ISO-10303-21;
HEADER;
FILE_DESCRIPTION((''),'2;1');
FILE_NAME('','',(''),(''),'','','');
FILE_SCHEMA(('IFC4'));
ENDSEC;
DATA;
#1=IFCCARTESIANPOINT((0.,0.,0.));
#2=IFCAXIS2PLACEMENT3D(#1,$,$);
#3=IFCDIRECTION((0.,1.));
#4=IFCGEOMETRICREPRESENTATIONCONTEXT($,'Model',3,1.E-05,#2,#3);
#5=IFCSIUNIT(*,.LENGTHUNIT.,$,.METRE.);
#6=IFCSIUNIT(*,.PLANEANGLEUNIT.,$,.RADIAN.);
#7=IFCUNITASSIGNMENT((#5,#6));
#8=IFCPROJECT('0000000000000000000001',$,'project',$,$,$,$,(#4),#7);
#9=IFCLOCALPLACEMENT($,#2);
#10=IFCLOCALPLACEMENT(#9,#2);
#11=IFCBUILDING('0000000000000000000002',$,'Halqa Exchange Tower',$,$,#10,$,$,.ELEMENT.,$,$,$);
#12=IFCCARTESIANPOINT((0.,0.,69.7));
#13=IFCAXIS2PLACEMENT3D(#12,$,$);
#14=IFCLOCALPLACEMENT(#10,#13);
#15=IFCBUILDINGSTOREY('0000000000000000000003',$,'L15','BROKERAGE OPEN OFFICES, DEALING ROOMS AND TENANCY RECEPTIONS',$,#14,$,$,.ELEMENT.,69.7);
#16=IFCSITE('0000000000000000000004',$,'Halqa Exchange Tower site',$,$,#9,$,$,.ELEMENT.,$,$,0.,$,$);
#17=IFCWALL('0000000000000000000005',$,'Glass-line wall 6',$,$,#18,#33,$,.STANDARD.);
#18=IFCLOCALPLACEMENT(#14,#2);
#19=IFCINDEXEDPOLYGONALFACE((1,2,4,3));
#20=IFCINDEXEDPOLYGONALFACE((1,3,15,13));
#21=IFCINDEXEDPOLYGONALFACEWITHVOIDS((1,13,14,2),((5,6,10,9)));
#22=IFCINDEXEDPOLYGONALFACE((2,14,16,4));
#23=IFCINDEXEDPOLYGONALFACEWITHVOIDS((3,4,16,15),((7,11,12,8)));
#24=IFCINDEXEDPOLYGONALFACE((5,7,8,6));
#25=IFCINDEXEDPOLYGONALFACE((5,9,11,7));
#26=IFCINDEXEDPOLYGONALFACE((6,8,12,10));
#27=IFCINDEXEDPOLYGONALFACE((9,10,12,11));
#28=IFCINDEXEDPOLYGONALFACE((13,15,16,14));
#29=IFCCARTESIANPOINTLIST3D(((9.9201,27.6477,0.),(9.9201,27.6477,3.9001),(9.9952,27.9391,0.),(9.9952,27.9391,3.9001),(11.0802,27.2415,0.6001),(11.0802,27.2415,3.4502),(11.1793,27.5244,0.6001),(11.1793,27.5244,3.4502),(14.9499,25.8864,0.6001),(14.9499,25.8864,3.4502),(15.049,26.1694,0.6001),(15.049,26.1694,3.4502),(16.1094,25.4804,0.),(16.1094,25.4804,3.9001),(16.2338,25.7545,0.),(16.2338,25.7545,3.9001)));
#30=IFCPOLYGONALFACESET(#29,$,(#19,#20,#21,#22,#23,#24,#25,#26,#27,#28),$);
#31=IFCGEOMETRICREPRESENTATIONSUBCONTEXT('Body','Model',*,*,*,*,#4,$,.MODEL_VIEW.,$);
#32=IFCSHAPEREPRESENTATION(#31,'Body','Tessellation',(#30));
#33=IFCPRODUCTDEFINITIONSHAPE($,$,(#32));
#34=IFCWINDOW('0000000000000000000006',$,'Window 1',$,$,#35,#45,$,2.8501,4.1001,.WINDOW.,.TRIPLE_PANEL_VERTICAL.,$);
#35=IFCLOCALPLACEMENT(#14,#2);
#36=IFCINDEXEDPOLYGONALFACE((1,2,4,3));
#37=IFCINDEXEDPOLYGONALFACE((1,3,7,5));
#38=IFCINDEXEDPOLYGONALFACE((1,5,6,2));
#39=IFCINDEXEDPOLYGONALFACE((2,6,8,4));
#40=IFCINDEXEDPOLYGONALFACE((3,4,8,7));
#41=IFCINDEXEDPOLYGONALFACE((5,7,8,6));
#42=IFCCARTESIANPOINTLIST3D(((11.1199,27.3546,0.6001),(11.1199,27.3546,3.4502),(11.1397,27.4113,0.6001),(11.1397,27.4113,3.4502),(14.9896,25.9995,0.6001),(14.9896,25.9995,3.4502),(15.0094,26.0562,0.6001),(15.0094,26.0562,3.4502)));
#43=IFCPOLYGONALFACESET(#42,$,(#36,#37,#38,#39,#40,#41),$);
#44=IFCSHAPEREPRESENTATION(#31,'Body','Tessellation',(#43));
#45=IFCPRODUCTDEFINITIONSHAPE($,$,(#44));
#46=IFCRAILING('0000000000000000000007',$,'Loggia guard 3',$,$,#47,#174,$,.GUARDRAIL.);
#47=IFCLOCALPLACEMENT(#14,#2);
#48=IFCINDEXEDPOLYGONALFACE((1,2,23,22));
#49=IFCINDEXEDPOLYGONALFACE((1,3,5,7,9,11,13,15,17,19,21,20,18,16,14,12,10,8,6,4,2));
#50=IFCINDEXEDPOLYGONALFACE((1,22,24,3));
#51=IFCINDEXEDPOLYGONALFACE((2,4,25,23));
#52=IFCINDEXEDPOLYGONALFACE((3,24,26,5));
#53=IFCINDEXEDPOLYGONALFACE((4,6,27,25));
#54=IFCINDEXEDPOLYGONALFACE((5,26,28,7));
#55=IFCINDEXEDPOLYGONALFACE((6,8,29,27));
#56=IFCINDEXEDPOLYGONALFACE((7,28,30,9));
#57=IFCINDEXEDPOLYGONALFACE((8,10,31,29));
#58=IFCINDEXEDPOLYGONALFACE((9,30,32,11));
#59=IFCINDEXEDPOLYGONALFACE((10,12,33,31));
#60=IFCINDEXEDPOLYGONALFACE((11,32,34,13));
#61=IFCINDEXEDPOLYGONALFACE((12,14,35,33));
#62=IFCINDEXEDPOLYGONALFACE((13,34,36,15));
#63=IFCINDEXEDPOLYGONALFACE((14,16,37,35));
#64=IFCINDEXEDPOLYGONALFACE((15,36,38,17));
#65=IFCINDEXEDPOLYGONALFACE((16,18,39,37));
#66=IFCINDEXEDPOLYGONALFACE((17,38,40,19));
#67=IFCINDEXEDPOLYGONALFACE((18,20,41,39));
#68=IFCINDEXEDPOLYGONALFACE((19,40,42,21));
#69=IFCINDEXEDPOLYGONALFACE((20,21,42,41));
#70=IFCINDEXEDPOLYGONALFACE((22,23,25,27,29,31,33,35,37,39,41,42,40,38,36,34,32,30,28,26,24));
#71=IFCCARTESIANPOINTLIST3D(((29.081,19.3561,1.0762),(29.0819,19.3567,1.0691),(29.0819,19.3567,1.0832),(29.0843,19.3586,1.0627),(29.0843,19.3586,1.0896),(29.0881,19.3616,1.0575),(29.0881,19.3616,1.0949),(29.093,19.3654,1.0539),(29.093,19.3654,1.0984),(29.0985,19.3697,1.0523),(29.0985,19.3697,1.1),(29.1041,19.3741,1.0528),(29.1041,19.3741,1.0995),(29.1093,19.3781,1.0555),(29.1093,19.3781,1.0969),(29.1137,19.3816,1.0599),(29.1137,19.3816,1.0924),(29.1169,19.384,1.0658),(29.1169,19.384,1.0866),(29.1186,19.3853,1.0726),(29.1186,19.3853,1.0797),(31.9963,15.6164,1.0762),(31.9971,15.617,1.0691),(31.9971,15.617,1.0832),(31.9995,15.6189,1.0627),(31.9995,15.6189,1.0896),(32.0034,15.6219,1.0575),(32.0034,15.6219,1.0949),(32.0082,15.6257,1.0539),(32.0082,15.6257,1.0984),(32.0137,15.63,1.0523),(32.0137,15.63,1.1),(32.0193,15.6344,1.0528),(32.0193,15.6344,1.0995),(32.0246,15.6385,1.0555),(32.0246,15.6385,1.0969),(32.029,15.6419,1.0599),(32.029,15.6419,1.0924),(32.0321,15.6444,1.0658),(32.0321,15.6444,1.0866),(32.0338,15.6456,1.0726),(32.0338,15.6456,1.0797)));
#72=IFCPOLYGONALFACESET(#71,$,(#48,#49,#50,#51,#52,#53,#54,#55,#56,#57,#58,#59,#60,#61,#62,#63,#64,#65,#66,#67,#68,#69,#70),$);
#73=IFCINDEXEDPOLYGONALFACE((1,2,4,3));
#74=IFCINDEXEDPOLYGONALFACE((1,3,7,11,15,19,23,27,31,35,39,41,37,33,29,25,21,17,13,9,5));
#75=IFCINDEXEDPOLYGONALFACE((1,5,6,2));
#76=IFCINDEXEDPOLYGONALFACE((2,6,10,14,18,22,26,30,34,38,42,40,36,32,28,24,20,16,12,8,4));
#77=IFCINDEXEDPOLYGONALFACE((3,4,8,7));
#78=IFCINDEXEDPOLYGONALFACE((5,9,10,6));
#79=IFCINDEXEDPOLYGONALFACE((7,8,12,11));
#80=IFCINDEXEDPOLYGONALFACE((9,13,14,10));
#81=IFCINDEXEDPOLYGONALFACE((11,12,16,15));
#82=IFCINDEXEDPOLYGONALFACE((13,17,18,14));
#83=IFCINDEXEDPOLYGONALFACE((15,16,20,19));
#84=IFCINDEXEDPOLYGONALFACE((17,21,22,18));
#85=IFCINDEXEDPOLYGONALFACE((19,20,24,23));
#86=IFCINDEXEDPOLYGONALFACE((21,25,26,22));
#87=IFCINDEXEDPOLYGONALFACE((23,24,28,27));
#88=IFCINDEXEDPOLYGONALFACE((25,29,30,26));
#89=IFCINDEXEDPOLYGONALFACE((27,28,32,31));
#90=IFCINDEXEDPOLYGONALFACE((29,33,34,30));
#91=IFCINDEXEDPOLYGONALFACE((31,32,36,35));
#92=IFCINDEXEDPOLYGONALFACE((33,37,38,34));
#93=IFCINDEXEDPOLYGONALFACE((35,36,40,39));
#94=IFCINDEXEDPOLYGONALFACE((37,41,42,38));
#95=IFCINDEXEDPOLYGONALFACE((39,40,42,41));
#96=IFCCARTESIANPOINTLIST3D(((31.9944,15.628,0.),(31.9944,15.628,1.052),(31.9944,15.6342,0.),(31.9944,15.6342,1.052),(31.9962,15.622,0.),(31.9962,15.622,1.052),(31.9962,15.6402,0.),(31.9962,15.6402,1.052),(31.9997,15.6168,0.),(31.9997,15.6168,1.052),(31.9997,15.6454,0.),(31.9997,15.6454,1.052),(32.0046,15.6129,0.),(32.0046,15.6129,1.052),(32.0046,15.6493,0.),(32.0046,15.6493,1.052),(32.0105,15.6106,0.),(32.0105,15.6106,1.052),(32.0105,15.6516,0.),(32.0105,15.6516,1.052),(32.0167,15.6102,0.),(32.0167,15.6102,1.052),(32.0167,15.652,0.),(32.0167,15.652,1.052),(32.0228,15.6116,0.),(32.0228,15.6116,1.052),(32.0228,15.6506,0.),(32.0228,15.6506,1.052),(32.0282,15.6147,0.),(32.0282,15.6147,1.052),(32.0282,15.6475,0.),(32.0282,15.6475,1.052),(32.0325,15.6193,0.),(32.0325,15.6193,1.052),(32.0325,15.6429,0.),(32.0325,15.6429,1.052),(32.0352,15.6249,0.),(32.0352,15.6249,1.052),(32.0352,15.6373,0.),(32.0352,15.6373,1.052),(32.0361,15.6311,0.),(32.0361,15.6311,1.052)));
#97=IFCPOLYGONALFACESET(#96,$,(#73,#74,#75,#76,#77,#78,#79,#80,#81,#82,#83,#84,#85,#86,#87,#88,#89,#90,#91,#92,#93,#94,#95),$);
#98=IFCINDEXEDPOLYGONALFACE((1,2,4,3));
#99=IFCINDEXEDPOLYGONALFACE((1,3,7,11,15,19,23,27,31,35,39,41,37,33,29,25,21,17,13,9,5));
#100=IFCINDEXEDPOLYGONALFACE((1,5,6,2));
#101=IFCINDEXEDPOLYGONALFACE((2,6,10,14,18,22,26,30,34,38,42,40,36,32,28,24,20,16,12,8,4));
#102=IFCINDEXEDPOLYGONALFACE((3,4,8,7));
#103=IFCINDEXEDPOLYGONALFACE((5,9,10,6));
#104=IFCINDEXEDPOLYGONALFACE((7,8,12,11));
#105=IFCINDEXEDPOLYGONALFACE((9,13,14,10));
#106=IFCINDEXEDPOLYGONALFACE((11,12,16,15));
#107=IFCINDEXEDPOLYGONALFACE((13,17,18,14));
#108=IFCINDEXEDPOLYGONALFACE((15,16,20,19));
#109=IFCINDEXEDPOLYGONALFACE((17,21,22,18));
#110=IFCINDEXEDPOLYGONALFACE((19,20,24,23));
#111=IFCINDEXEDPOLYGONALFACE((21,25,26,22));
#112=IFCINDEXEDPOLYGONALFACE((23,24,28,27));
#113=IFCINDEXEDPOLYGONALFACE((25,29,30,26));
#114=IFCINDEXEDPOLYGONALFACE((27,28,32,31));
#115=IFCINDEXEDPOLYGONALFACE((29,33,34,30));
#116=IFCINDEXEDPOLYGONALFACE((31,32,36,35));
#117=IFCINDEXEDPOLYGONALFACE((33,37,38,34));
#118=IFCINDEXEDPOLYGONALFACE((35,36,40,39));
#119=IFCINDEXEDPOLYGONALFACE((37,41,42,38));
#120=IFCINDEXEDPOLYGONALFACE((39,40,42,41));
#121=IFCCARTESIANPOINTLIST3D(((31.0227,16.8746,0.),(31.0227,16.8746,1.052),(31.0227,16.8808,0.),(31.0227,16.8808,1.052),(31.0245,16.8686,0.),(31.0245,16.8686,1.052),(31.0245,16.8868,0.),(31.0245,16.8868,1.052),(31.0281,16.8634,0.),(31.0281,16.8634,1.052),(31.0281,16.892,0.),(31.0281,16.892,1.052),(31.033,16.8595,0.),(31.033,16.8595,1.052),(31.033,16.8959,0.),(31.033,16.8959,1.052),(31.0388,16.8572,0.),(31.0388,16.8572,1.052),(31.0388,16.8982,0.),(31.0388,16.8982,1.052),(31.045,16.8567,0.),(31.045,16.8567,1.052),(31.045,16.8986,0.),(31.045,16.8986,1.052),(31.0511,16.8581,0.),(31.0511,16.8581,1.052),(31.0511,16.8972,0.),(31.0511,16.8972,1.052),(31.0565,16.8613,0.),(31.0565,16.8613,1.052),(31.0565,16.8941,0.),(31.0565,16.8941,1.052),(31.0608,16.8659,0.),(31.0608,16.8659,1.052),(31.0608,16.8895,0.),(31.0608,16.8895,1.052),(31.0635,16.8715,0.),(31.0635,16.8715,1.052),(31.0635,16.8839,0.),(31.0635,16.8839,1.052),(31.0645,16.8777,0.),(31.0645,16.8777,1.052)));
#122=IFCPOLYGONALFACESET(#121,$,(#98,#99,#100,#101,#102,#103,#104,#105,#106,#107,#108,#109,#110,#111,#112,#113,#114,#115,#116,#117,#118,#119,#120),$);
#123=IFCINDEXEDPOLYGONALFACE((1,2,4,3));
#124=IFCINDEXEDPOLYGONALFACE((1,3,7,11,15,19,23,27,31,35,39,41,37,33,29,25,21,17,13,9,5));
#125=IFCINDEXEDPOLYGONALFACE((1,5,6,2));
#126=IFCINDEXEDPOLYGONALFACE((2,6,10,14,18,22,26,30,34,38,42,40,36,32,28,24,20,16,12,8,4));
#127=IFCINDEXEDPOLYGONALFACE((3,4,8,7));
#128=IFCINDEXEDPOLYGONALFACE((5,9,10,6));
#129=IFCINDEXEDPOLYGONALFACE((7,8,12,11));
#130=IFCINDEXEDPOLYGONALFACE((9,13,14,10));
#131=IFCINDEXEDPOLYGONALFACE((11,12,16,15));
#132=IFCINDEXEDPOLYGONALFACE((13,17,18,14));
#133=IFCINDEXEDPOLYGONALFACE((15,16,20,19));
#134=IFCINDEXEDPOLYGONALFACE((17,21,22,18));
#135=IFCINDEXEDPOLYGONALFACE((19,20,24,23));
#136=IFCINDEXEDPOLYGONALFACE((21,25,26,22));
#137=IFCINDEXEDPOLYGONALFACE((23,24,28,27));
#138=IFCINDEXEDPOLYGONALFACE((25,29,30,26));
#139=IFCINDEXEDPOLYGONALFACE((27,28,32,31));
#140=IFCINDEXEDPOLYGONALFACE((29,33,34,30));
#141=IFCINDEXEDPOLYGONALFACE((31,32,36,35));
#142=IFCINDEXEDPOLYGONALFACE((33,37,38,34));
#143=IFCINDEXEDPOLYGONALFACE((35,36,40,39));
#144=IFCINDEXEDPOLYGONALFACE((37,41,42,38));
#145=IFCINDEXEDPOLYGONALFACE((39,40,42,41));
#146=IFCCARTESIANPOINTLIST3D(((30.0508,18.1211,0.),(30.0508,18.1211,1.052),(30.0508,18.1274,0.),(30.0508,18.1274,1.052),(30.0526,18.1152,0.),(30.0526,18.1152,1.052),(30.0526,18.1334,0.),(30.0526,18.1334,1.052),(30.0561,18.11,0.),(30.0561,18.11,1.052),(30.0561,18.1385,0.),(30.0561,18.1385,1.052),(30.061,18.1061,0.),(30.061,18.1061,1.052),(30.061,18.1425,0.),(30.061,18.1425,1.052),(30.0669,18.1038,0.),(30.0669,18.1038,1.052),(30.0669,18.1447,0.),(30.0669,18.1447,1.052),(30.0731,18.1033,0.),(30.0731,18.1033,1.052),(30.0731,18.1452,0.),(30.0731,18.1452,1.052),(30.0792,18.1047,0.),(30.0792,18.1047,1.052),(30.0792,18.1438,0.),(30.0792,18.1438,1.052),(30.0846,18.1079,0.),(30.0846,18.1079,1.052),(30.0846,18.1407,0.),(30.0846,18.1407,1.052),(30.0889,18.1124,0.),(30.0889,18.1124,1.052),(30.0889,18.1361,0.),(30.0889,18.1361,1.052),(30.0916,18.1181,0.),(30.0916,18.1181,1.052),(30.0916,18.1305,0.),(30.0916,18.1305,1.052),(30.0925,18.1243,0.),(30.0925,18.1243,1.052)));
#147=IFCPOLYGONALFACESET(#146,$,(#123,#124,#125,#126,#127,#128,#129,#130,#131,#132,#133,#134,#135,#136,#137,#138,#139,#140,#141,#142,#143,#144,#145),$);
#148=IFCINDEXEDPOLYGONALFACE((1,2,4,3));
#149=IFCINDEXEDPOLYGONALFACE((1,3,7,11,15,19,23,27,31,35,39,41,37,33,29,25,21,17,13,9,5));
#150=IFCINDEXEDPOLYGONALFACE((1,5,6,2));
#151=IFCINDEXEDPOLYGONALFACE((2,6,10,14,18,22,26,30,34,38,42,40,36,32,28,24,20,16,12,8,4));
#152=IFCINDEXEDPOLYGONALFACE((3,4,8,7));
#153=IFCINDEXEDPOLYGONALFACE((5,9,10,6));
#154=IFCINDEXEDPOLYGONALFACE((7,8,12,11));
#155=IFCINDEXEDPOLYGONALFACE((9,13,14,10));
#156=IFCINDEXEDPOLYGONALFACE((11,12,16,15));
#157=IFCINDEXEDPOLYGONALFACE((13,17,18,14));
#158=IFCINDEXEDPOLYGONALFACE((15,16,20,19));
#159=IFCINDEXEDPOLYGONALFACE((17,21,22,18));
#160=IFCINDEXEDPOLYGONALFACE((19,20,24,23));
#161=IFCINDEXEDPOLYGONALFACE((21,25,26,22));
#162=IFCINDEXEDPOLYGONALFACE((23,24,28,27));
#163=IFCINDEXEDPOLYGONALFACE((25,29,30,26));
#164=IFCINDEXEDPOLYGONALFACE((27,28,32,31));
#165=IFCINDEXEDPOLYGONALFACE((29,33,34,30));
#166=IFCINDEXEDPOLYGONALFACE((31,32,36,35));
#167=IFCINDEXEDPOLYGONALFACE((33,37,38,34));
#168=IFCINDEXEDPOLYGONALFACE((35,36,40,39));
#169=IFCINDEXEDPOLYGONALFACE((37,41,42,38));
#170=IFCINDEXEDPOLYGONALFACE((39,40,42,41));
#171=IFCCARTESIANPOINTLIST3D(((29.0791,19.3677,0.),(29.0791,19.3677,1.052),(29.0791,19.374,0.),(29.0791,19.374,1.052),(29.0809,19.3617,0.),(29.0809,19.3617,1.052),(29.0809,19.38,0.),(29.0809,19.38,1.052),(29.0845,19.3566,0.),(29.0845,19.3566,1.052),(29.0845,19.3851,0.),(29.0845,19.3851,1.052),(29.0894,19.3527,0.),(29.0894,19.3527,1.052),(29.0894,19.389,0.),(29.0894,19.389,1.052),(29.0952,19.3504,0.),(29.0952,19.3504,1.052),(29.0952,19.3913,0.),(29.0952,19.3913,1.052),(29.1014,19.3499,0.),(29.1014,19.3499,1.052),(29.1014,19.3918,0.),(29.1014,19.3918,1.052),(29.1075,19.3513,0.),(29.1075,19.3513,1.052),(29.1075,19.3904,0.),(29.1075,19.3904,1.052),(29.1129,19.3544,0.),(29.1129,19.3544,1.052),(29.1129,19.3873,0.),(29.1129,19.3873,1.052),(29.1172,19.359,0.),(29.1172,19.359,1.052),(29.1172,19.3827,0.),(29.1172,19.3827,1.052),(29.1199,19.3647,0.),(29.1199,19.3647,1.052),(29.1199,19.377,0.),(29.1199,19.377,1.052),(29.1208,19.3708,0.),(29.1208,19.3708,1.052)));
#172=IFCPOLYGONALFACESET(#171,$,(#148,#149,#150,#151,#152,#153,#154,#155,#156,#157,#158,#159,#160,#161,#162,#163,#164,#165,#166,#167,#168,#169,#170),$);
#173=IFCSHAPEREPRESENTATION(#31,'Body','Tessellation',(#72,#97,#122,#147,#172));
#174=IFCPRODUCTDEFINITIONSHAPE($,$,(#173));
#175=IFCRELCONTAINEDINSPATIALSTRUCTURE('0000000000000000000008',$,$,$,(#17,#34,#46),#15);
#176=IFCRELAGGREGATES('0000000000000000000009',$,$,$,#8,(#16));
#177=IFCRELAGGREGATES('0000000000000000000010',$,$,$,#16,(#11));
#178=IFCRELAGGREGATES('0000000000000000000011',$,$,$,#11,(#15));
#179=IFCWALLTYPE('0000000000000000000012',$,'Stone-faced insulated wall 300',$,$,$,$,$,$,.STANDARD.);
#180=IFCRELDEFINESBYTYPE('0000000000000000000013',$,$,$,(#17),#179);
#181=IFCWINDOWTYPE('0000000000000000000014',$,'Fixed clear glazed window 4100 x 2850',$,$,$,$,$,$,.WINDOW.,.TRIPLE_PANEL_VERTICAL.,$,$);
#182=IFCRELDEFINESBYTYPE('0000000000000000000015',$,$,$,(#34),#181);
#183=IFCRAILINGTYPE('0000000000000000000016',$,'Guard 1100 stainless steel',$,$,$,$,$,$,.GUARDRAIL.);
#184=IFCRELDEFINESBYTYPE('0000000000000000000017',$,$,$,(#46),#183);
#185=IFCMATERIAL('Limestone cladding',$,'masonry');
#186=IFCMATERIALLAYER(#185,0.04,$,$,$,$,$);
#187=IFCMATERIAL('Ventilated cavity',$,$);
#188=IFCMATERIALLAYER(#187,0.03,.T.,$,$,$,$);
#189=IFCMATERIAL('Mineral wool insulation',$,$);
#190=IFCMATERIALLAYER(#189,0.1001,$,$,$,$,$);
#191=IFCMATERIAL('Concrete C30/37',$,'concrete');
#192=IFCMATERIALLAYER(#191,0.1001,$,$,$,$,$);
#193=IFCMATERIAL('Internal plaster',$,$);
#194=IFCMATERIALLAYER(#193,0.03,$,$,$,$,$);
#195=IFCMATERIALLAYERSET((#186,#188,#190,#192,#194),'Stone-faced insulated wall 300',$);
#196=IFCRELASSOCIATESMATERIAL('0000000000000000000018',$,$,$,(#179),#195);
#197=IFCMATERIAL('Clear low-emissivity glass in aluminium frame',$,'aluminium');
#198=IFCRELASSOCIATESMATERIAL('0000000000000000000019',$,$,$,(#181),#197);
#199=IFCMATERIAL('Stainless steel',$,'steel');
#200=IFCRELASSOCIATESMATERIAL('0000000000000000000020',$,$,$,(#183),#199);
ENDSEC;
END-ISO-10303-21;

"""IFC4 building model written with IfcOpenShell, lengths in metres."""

from ifc_helpers import new_model, si_unit, direction, frame, frame_2d, origin, origin_2d, place, context, subcontext, project, spatial, polyline, rectangle, circle, outline, extrude, material, layer, layer_set, type_object, element, fill, save


model = new_model("IFC4")

# Units and contexts
model_context = context("Model", 3, precision=1e-05, world=origin(), true_north=direction((0.0, 1.0)))
body_context = subcontext(model_context, "Body", "Model", "MODEL_VIEW")
ifc_project = project(units=[si_unit("LENGTHUNIT", "METRE"), si_unit("PLANEANGLEUNIT", "RADIAN")], contexts=[model_context])

# Site, building, storey
site_placement = place(None, origin())
site = spatial("IfcSite", under=ifc_project, at=site_placement, Name="Halqa Exchange Tower site", CompositionType="ELEMENT", RefElevation=0.0)
building_placement = place(site_placement, origin())
building = spatial("IfcBuilding", under=site, at=building_placement, Name="Halqa Exchange Tower", CompositionType="ELEMENT")
storey_placement = place(building_placement, frame((0.0, 0.0, 69.7)))
storey = spatial("IfcBuildingStorey", under=building, at=storey_placement, Name="L15", Description="BROKERAGE OPEN OFFICES, DEALING ROOMS AND TENANCY RECEPTIONS", CompositionType="ELEMENT", Elevation=69.7)

# Shared definitions
ifc_material_1 = material(Name="Limestone cladding", Category="masonry")
ifc_layer_1 = layer(ifc_material_1, 0.04)
ifc_material_2 = material(Name="Ventilated cavity")
ifc_layer_2 = layer(ifc_material_2, 0.03, ventilated=True)
ifc_material_3 = material(Name="Mineral wool insulation")
ifc_layer_3 = layer(ifc_material_3, 0.1001)
ifc_material_4 = material(Name="Concrete C30/37", Category="concrete")
ifc_layer_4 = layer(ifc_material_4, 0.1001)
ifc_material_5 = material(Name="Internal plaster")
ifc_layer_5 = layer(ifc_material_5, 0.03)
ifc_layer_set_1 = layer_set([ifc_layer_1, ifc_layer_2, ifc_layer_3, ifc_layer_4, ifc_layer_5], Name="Stone-faced insulated wall 300")
wall_type_1 = type_object("IfcWallType", Name="Stone-faced insulated wall 300", PredefinedType="STANDARD", material=ifc_layer_set_1)
ifc_material_6 = material(Name="Clear low-emissivity glass in aluminium frame", Category="aluminium")

# Wall, opening, window
window_type = type_object("IfcWindowType", Name="Fixed clear glazed window 4100 x 2850", PartitioningType="TRIPLE_PANEL_VERTICAL", PredefinedType="WINDOW", material=ifc_material_6)
wall_1_placement = place(storey_placement, frame((16.1716, 25.6174, 0.0), z_axis=(0.0, 0.0, 1.0), x_axis=(-0.943807, 0.330497, 0.0)))
wall_1 = element("IfcWall", 1, at=wall_1_placement, inside=storey, type_object=wall_type_1, Name="Glass-line wall 6", PredefinedType="STANDARD", context=body_context, shape_type="SweptSolid", body=[
    extrude(outline(polyline([(-0.0134, -0.1499), (6.5967, -0.1499), (6.5713, 0.1499), (0.0134, 0.1499), (-0.0134, -0.1499)])), origin(), (0.0, 0.0, 1.0), 3.9001),
])
opening_1_placement = place(wall_1_placement, frame((1.2419, 0.0, 0.6001)))
opening_1 = element("IfcOpeningElement", 2, at=opening_1_placement, cuts=wall_1, PredefinedType="OPENING", context=body_context, shape_type="SweptSolid", body=[
    extrude(rectangle(XDim=4.1001, YDim=2.8501, at=frame_2d((2.05, 1.425))), frame((0.0, 0.1621, 0.0), z_axis=(0.0, -1.0, 0.0), x_axis=(1.0, 0.0, 0.0)), (0.0, 0.0, 1.0), 0.324),
])
window_1_placement = place(opening_1_placement, origin())
window_1 = element("IfcWindow", 3, at=window_1_placement, inside=storey, type_object=window_type, Name="Window 1", OverallHeight=2.8501, OverallWidth=4.1001, PartitioningType="TRIPLE_PANEL_VERTICAL", PredefinedType="WINDOW", context=body_context, shape_type="SweptSolid", body=[
    extrude(rectangle(XDim=4.1001, YDim=2.8501, at=frame_2d((2.05, 1.425))), frame((0.0, 0.03, 0.0), z_axis=(0.0, -1.0, 0.0), x_axis=(1.0, 0.0, 0.0)), (0.0, 0.0, 1.0), 0.0601),
])
fill(opening_1, window_1)

# Railing
ifc_material_7 = material(Name="Stainless steel", Category="steel")
railing_type = type_object("IfcRailingType", Name="Guard 1100 stainless steel", PredefinedType="GUARDRAIL", material=ifc_material_7)
railing_1_placement = place(storey_placement, frame((32.0151, 15.6311, 0.0)))
element("IfcRailing", 4, at=railing_1_placement, inside=storey, type_object=railing_type, Name="Loggia guard 3", PredefinedType="GUARDRAIL", context=body_context, shape_type="SweptSolid", body=[
    extrude(circle(Radius=0.0239, at=origin_2d()), frame((0.0, 0.0, 1.0762), z_axis=(-0.614806, 0.788678, 0.0), x_axis=(-0.788678, -0.614806, 0.0)), (0.0, 0.0, 1.0), 4.7417),
    extrude(circle(Radius=0.021, at=origin_2d()), origin(), (0.0, 0.0, 1.0), 1.052),
    extrude(circle(Radius=0.021, at=origin_2d()), frame((-0.9717, 1.2466, 0.0)), (0.0, 0.0, 1.0), 1.052),
    extrude(circle(Radius=0.021, at=origin_2d()), frame((-1.9436, 2.4932, 0.0)), (0.0, 0.0, 1.0), 1.052),
    extrude(circle(Radius=0.021, at=origin_2d()), frame((-2.9153, 3.7397, 0.0)), (0.0, 0.0, 1.0), 1.052),
])

save(model, "model.ifc")
